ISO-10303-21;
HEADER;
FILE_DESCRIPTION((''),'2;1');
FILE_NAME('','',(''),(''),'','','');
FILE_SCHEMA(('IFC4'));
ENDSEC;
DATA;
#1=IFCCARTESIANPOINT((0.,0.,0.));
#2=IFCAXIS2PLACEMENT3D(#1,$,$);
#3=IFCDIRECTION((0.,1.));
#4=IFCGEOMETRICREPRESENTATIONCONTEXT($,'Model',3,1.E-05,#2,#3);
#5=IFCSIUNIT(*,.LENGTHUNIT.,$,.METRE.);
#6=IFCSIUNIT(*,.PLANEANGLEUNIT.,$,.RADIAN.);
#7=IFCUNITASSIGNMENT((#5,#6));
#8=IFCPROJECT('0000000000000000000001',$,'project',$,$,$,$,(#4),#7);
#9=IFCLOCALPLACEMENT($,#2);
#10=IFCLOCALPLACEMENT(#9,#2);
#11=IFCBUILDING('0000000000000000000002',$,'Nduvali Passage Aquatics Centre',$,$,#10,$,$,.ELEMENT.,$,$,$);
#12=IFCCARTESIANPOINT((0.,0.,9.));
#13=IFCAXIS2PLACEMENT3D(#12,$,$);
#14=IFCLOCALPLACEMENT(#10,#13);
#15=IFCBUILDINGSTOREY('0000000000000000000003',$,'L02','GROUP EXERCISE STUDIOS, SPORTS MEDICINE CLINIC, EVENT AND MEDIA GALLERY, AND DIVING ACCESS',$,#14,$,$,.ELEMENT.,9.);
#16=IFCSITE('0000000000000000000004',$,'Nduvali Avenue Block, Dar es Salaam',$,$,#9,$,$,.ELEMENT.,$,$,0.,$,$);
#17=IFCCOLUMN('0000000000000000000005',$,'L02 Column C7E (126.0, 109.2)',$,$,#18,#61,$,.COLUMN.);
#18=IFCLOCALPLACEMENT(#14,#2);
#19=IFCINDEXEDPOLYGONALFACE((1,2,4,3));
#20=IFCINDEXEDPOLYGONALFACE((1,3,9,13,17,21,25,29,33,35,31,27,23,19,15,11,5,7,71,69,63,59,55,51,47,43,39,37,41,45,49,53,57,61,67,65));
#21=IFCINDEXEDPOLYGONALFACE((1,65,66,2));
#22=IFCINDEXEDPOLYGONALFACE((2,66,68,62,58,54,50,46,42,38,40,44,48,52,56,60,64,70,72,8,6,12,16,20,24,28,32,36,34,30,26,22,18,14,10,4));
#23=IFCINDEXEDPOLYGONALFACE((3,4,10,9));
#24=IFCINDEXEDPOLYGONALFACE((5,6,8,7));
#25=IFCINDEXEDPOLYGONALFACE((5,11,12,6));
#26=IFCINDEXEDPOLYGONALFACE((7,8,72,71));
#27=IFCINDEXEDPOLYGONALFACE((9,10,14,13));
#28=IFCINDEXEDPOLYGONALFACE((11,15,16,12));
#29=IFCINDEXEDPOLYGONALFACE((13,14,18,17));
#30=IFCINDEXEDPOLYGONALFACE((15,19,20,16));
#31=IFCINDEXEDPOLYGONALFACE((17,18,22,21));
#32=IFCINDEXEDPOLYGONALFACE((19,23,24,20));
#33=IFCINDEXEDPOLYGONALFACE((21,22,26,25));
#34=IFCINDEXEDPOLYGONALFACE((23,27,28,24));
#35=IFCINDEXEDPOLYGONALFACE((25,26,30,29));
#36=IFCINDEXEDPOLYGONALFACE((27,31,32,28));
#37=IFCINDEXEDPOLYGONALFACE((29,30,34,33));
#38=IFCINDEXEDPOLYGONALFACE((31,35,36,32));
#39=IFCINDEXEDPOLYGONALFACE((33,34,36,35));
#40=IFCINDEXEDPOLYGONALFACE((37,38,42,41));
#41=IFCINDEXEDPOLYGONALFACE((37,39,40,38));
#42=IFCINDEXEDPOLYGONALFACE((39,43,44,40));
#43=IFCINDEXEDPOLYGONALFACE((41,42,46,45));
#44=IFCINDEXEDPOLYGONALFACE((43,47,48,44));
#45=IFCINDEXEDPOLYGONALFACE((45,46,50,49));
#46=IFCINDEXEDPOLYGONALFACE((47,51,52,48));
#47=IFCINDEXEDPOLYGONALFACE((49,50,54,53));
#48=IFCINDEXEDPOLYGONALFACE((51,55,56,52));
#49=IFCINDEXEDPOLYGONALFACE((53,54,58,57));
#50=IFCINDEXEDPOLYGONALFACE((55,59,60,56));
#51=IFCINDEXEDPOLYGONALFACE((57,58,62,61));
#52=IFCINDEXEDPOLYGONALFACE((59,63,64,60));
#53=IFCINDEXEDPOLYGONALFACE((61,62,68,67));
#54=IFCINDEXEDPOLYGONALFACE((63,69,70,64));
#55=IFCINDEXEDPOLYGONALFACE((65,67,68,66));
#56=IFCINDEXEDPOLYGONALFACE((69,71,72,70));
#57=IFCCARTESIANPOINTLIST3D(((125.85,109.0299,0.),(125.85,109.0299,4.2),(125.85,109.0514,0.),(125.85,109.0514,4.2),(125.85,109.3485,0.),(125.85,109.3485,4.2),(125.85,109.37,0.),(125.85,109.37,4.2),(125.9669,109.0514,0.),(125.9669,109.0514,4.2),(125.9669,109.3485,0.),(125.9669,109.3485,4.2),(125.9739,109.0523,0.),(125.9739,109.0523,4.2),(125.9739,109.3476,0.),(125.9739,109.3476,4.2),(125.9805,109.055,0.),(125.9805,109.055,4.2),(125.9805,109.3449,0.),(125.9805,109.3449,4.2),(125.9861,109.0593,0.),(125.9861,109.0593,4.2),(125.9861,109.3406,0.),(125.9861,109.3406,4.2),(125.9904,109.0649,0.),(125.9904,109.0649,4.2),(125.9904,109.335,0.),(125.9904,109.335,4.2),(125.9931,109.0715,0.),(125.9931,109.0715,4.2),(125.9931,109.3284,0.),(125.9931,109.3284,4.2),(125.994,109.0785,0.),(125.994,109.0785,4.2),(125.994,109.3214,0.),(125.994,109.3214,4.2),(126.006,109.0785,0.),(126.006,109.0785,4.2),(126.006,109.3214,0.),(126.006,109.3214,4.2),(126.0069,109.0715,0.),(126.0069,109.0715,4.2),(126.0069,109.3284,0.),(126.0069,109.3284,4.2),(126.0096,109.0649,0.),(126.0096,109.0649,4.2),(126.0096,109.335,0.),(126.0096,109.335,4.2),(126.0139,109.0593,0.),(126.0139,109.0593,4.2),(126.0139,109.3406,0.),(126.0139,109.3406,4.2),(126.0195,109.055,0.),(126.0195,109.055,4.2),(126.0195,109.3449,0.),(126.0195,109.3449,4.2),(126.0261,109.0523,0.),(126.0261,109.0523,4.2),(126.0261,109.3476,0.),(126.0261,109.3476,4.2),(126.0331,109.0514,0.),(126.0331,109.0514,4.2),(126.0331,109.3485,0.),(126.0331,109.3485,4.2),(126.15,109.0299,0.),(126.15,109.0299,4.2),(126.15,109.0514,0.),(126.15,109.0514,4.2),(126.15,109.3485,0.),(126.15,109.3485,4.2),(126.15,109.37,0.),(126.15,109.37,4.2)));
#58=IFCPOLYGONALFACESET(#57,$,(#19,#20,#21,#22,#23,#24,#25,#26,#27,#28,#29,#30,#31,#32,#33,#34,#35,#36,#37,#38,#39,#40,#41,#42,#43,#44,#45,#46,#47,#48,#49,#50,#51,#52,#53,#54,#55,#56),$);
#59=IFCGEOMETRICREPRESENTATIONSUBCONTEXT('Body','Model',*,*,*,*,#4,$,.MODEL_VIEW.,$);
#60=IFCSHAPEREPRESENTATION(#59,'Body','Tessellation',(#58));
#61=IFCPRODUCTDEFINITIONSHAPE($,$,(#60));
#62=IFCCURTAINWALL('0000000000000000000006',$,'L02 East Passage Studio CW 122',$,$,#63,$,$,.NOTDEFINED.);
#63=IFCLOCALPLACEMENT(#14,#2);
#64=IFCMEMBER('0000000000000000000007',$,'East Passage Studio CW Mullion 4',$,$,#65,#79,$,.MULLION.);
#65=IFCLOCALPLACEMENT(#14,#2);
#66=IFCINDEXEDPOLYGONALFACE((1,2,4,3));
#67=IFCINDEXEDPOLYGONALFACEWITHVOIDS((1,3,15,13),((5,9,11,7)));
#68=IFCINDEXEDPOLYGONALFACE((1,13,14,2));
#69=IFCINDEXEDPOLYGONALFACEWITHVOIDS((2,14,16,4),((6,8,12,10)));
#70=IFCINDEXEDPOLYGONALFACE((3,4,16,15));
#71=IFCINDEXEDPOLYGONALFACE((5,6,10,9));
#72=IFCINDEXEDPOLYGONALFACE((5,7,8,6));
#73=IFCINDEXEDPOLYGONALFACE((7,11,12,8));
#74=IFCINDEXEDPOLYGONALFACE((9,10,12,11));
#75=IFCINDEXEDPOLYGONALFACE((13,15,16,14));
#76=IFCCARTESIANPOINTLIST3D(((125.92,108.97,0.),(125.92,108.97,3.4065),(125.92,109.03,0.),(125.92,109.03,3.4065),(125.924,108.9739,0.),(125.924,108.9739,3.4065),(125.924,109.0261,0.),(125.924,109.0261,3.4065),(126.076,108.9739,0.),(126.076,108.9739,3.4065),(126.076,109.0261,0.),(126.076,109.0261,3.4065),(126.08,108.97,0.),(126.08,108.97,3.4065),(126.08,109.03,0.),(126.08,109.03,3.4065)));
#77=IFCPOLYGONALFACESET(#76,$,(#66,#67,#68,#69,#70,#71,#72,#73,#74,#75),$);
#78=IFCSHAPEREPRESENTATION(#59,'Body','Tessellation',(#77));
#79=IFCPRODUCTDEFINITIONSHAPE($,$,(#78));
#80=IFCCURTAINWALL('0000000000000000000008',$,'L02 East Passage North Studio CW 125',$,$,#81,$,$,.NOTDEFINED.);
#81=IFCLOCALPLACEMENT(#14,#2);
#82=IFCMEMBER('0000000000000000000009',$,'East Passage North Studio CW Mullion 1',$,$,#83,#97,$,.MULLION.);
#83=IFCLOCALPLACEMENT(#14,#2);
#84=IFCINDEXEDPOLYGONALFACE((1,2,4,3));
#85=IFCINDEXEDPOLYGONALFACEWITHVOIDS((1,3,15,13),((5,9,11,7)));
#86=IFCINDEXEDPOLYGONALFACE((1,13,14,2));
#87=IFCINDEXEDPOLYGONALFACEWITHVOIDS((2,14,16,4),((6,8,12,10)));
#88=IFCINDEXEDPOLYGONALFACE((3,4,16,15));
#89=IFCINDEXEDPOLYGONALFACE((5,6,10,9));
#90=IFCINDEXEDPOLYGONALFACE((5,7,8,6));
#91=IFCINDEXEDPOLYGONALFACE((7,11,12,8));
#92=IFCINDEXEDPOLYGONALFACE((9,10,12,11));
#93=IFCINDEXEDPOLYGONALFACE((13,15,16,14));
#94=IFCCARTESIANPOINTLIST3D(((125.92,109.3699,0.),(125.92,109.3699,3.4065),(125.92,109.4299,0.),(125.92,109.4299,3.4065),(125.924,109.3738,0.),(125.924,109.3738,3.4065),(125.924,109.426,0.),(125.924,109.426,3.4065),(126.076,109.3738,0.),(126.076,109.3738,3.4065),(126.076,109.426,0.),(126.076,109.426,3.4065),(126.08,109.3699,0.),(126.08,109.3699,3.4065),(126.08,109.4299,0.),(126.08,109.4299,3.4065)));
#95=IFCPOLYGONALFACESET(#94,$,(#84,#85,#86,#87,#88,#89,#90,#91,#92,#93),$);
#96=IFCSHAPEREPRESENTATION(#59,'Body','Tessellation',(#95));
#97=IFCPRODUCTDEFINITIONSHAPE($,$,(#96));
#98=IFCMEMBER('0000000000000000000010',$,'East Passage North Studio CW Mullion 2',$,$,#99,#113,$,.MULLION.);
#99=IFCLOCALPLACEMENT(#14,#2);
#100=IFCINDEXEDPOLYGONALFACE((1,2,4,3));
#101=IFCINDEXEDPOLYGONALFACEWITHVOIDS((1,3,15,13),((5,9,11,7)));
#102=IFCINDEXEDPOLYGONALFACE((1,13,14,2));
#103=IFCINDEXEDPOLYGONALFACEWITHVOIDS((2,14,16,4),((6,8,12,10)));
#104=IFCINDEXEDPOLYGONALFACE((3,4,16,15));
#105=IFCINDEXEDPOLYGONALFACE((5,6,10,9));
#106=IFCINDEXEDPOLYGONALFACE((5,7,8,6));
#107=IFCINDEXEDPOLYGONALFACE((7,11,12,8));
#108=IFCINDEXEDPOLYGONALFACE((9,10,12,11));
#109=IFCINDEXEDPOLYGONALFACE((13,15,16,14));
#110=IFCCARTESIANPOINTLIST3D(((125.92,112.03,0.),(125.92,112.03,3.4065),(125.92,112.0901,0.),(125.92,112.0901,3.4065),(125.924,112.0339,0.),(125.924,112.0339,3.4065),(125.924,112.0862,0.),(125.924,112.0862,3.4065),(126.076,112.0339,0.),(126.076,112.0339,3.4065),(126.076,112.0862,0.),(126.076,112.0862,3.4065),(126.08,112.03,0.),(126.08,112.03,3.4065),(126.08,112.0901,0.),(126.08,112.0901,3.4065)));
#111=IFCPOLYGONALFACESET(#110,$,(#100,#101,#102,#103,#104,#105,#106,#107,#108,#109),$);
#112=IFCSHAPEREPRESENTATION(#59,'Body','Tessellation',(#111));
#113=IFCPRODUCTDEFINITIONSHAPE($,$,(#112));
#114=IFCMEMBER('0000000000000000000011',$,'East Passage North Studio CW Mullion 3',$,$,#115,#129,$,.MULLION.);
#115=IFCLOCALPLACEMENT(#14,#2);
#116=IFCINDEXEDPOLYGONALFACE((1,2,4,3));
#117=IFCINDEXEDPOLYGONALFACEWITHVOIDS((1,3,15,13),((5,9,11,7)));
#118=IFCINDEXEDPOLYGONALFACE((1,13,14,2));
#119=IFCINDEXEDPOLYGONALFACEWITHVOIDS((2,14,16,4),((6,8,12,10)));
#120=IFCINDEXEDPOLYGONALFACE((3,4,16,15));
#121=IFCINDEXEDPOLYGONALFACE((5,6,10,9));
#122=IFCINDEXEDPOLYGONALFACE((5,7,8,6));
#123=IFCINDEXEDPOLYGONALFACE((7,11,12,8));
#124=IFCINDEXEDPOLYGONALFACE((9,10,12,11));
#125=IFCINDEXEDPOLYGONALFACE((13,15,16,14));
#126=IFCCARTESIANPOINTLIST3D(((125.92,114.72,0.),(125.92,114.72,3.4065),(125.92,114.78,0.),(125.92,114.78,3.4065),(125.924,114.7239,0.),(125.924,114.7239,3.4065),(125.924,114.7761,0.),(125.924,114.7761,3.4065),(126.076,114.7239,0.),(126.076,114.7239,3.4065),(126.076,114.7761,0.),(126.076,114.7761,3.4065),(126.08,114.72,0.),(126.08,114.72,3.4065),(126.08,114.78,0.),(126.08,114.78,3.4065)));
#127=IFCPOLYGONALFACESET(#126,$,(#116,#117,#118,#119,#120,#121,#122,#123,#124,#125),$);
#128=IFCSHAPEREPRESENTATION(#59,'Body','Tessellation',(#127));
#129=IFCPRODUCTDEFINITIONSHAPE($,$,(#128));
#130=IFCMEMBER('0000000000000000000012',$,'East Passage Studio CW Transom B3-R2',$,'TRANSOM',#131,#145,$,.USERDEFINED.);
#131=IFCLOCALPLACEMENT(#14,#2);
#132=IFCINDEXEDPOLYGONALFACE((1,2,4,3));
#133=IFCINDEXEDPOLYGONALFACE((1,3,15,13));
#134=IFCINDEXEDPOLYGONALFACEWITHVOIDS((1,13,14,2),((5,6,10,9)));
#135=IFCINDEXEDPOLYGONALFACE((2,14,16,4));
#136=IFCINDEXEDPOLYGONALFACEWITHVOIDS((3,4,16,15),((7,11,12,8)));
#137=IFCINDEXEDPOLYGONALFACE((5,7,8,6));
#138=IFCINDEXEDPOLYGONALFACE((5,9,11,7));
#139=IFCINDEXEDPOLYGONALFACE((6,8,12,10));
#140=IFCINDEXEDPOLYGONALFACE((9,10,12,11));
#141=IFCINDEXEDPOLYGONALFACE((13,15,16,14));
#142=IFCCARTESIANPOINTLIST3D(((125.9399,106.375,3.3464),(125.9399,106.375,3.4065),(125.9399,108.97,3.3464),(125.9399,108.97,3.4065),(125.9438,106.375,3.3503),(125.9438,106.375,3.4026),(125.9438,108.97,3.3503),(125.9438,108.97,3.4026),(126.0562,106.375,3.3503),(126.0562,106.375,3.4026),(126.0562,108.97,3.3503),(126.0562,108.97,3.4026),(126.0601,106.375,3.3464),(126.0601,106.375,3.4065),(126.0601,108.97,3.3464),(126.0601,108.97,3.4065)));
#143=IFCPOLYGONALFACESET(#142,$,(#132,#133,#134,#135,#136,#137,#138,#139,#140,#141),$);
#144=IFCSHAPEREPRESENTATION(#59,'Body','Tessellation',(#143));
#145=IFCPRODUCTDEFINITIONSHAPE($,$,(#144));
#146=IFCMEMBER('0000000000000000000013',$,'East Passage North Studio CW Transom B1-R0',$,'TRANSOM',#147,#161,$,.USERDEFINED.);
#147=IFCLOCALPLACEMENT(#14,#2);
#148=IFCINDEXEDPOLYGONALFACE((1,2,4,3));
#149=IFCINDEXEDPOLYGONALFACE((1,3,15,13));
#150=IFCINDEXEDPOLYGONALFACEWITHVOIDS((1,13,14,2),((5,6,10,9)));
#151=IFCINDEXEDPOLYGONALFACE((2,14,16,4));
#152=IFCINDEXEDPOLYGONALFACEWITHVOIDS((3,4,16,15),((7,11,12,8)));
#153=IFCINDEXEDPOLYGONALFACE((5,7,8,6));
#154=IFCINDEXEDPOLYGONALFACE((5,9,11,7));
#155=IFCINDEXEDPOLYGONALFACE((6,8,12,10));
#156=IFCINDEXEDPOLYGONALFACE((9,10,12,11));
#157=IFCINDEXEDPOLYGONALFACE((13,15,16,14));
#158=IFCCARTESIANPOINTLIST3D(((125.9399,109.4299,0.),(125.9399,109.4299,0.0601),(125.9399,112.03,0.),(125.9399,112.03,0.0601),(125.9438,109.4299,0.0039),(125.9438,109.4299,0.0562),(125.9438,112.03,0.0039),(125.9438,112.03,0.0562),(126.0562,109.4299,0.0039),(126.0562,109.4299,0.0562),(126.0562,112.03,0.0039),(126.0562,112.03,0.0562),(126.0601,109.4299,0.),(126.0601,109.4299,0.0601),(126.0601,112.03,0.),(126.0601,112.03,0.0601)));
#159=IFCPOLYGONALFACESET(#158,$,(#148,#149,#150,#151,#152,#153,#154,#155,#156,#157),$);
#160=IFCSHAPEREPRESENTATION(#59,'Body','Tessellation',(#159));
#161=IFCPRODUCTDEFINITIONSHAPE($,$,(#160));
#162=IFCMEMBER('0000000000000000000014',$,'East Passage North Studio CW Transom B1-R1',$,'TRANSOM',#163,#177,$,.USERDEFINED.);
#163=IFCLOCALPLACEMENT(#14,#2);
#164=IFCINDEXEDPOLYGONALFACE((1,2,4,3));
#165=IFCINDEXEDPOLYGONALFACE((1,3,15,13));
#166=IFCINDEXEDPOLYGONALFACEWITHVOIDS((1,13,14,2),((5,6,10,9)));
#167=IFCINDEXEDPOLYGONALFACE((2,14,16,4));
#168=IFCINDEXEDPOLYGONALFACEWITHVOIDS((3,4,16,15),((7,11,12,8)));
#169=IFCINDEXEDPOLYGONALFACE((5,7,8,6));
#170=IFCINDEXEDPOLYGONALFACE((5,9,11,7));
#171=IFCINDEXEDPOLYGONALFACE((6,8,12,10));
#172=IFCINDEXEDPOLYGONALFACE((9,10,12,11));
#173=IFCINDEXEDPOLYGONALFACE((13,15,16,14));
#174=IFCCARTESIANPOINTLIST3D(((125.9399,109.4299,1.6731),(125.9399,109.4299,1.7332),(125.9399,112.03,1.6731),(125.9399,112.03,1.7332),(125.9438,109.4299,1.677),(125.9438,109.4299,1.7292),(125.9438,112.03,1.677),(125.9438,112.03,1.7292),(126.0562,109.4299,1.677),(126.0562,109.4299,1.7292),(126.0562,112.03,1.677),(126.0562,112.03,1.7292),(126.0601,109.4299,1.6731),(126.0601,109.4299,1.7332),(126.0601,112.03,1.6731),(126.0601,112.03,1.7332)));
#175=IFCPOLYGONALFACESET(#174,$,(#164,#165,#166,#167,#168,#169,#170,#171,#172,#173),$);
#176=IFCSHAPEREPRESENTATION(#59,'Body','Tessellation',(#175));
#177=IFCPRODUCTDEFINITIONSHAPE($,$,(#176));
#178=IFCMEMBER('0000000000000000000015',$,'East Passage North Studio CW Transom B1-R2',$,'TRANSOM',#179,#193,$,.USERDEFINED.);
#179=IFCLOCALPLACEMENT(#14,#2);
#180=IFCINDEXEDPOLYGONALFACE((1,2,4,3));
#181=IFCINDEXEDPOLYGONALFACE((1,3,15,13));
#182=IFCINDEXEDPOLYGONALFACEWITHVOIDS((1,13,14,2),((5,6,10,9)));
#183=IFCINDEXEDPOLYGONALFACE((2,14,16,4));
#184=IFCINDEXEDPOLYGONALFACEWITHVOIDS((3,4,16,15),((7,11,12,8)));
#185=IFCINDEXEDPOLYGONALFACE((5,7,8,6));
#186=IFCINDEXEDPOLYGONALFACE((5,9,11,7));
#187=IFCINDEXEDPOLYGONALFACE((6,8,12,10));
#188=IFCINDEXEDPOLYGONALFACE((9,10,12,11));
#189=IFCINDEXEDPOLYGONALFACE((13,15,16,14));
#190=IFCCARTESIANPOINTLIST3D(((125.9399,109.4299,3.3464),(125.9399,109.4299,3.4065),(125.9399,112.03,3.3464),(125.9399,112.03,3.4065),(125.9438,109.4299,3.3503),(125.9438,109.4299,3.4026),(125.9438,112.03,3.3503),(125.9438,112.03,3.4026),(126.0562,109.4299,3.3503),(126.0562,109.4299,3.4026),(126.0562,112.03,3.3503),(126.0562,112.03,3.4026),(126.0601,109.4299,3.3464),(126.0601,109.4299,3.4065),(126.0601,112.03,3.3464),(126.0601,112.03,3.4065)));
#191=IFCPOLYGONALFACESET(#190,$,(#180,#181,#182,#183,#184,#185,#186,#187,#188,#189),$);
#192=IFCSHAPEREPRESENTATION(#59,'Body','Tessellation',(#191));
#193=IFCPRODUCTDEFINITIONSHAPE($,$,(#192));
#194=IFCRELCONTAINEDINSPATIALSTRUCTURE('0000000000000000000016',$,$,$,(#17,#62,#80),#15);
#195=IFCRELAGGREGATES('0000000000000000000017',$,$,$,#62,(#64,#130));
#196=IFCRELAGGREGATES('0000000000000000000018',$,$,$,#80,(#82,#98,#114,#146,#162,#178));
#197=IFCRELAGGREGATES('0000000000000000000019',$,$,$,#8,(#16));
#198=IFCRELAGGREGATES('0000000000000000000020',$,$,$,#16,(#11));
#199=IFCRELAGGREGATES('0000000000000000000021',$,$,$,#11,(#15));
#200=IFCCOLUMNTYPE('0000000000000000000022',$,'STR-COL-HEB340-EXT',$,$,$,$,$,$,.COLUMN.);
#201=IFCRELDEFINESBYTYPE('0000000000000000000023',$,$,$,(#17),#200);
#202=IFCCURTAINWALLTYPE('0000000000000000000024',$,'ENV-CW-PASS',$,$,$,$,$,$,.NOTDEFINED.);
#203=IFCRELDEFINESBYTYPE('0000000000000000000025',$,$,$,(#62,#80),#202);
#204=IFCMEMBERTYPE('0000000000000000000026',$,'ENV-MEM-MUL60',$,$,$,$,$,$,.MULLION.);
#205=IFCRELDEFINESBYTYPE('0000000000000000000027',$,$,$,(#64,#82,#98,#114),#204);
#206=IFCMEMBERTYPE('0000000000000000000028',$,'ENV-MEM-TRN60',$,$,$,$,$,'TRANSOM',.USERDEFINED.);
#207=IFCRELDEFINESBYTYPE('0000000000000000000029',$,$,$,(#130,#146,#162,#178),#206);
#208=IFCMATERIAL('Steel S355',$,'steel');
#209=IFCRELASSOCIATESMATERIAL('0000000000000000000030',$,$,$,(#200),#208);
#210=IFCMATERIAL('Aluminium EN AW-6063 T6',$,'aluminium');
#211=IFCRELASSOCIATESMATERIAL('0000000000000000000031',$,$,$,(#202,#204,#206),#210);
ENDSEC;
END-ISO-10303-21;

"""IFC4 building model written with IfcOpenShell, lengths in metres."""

from ifc_helpers import new_model, si_unit, direction, frame, origin, origin_2d, place, context, subcontext, project, spatial, hollow_rectangle, i_section, extrude, material, material_profile, profile_set, type_object, element, aggregate, save


model = new_model("IFC4")

# Units and contexts
model_context = context("Model", 3, precision=1e-05, world=origin(), true_north=direction((0.0, 1.0)))
body_context = subcontext(model_context, "Body", "Model", "MODEL_VIEW")
ifc_project = project(units=[si_unit("LENGTHUNIT", "METRE"), si_unit("PLANEANGLEUNIT", "RADIAN")], contexts=[model_context])

# Site, building, storey
site_placement = place(None, origin())
site = spatial("IfcSite", under=ifc_project, at=site_placement, Name="Nduvali Avenue Block, Dar es Salaam", CompositionType="ELEMENT", RefElevation=0.0)
building_placement = place(site_placement, origin())
building = spatial("IfcBuilding", under=site, at=building_placement, Name="Nduvali Passage Aquatics Centre", CompositionType="ELEMENT")
storey_placement = place(building_placement, frame((0.0, 0.0, 9.0)))
storey = spatial("IfcBuildingStorey", under=building, at=storey_placement, Name="L02", Description="GROUP EXERCISE STUDIOS, SPORTS MEDICINE CLINIC, EVENT AND MEDIA GALLERY, AND DIVING ACCESS", CompositionType="ELEMENT", Elevation=9.0)

# Column
ifc_material_1 = material(Name="Steel S355", Category="steel")
ifc_material_profile_1 = material_profile(ifc_material_1, i_section(OverallWidth=0.3, OverallDepth=0.3401, WebThickness=0.012, FlangeThickness=0.0215, FilletRadius=0.0271, at=origin_2d()), Name="HEB 340")
ifc_profile_set_1 = profile_set([ifc_material_profile_1], Name="Steel S355")
column_type = type_object("IfcColumnType", Name="STR-COL-HEB340-EXT", PredefinedType="COLUMN", material=ifc_profile_set_1)
column_placement = place(storey_placement, frame((126.0, 109.2, 0.0), z_axis=(0.0, 0.0, 1.0), x_axis=(1.0, 0.0, 0.0)))
element("IfcColumn", 1, at=column_placement, inside=storey, type_object=column_type, Name="L02 Column C7E (126.0, 109.2)", PredefinedType="COLUMN", context=body_context, shape_type="SweptSolid", body=[
    extrude(i_section(OverallWidth=0.3, OverallDepth=0.3401, WebThickness=0.012, FlangeThickness=0.0215, FilletRadius=0.0271, at=origin_2d()), origin(), (0.0, 0.0, 1.0), 4.2),
])

# Curtain wall, member
ifc_material_2 = material(Name="Aluminium EN AW-6063 T6", Category="aluminium")
curtain_wall_type = type_object("IfcCurtainWallType", Name="ENV-CW-PASS", PredefinedType="NOTDEFINED", material=ifc_material_2)
curtain_wall_1_placement = place(storey_placement, origin())
curtain_wall_1 = element("IfcCurtainWall", 2, at=curtain_wall_1_placement, inside=storey, type_object=curtain_wall_type, Name="L02 East Passage Studio CW 122", PredefinedType="NOTDEFINED")
ifc_material_profile_2 = material_profile(ifc_material_2, hollow_rectangle(XDim=0.0601, YDim=0.1599, WallThickness=0.0039, at=origin_2d()), Name="ALU MULLION 60x160x4")
ifc_profile_set_2 = profile_set([ifc_material_profile_2], Name="Aluminium EN AW-6063 T6")
member_type_1 = type_object("IfcMemberType", Name="ENV-MEM-MUL60", PredefinedType="MULLION", material=ifc_profile_set_2)
member_1_placement = place(storey_placement, frame((126.0, 109.0, 0.0), z_axis=(0.0, 0.0, 1.0), x_axis=(0.0, 1.0, 0.0)))
member_1 = element("IfcMember", 3, at=member_1_placement, type_object=member_type_1, Name="East Passage Studio CW Mullion 4", PredefinedType="MULLION", context=body_context, shape_type="SweptSolid", body=[
    extrude(hollow_rectangle(XDim=0.0601, YDim=0.1599, WallThickness=0.0039, at=origin_2d()), origin(), (0.0, 0.0, 1.0), 3.4065),
])

# Curtain wall, members
curtain_wall_2_placement = place(storey_placement, origin())
curtain_wall_2 = element("IfcCurtainWall", 4, at=curtain_wall_2_placement, inside=storey, type_object=curtain_wall_type, Name="L02 East Passage North Studio CW 125", PredefinedType="NOTDEFINED")
member_2_placement = place(storey_placement, frame((126.0, 109.3999, 0.0), z_axis=(0.0, 0.0, 1.0), x_axis=(0.0, 1.0, 0.0)))
member_2 = element("IfcMember", 5, at=member_2_placement, type_object=member_type_1, Name="East Passage North Studio CW Mullion 1", PredefinedType="MULLION", context=body_context, shape_type="SweptSolid", body=[
    extrude(hollow_rectangle(XDim=0.0601, YDim=0.1599, WallThickness=0.0039, at=origin_2d()), origin(), (0.0, 0.0, 1.0), 3.4065),
])
member_3_placement = place(storey_placement, frame((126.0, 112.0601, 0.0), z_axis=(0.0, 0.0, 1.0), x_axis=(0.0, 1.0, 0.0)))
member_3 = element("IfcMember", 6, at=member_3_placement, type_object=member_type_1, Name="East Passage North Studio CW Mullion 2", PredefinedType="MULLION", context=body_context, shape_type="SweptSolid", body=[
    extrude(hollow_rectangle(XDim=0.0601, YDim=0.1599, WallThickness=0.0039, at=origin_2d()), origin(), (0.0, 0.0, 1.0), 3.4065),
])
member_4_placement = place(storey_placement, frame((126.0, 114.75, 0.0), z_axis=(0.0, 0.0, 1.0), x_axis=(0.0, 1.0, 0.0)))
member_4 = element("IfcMember", 7, at=member_4_placement, type_object=member_type_1, Name="East Passage North Studio CW Mullion 3", PredefinedType="MULLION", context=body_context, shape_type="SweptSolid", body=[
    extrude(hollow_rectangle(XDim=0.0601, YDim=0.1599, WallThickness=0.0039, at=origin_2d()), origin(), (0.0, 0.0, 1.0), 3.4065),
])

# Members
ifc_material_profile_3 = material_profile(ifc_material_2, hollow_rectangle(XDim=0.1201, YDim=0.0601, WallThickness=0.0039, at=origin_2d()), Name="ALU TRANSOM 120x60x4")
ifc_profile_set_3 = profile_set([ifc_material_profile_3], Name="Aluminium EN AW-6063 T6")
member_type_2 = type_object("IfcMemberType", Name="ENV-MEM-TRN60", ElementType="TRANSOM", PredefinedType="USERDEFINED", material=ifc_profile_set_3)
member_5_placement = place(storey_placement, frame((126.0, 106.375, 3.3765), z_axis=(0.0, 1.0, 0.0), x_axis=(-1.0, 0.0, 0.0)))
member_5 = element("IfcMember", 8, at=member_5_placement, type_object=member_type_2, Name="East Passage Studio CW Transom B3-R2", ObjectType="TRANSOM", PredefinedType="USERDEFINED", context=body_context, shape_type="SweptSolid", body=[
    extrude(hollow_rectangle(XDim=0.1201, YDim=0.0601, WallThickness=0.0039, at=origin_2d()), origin(), (0.0, 0.0, 1.0), 2.595),
])
member_6_placement = place(storey_placement, frame((126.0, 109.4299, 0.03), z_axis=(0.0, 1.0, 0.0), x_axis=(-1.0, 0.0, 0.0)))
member_6 = element("IfcMember", 9, at=member_6_placement, type_object=member_type_2, Name="East Passage North Studio CW Transom B1-R0", ObjectType="TRANSOM", PredefinedType="USERDEFINED", context=body_context, shape_type="SweptSolid", body=[
    extrude(hollow_rectangle(XDim=0.1201, YDim=0.0601, WallThickness=0.0039, at=origin_2d()), origin(), (0.0, 0.0, 1.0), 2.6001),
])
member_7_placement = place(storey_placement, frame((126.0, 109.4299, 1.7031), z_axis=(0.0, 1.0, 0.0), x_axis=(-1.0, 0.0, 0.0)))
member_7 = element("IfcMember", 10, at=member_7_placement, type_object=member_type_2, Name="East Passage North Studio CW Transom B1-R1", ObjectType="TRANSOM", PredefinedType="USERDEFINED", context=body_context, shape_type="SweptSolid", body=[
    extrude(hollow_rectangle(XDim=0.1201, YDim=0.0601, WallThickness=0.0039, at=origin_2d()), origin(), (0.0, 0.0, 1.0), 2.6001),
])
member_8_placement = place(storey_placement, frame((126.0, 109.4299, 3.3765), z_axis=(0.0, 1.0, 0.0), x_axis=(-1.0, 0.0, 0.0)))
member_8 = element("IfcMember", 11, at=member_8_placement, type_object=member_type_2, Name="East Passage North Studio CW Transom B1-R2", ObjectType="TRANSOM", PredefinedType="USERDEFINED", context=body_context, shape_type="SweptSolid", body=[
    extrude(hollow_rectangle(XDim=0.1201, YDim=0.0601, WallThickness=0.0039, at=origin_2d()), origin(), (0.0, 0.0, 1.0), 2.6001),
])

aggregate(curtain_wall_1, [member_1, member_5])
aggregate(curtain_wall_2, [member_2, member_3, member_4, member_6, member_7, member_8])

save(model, "model.ifc")
